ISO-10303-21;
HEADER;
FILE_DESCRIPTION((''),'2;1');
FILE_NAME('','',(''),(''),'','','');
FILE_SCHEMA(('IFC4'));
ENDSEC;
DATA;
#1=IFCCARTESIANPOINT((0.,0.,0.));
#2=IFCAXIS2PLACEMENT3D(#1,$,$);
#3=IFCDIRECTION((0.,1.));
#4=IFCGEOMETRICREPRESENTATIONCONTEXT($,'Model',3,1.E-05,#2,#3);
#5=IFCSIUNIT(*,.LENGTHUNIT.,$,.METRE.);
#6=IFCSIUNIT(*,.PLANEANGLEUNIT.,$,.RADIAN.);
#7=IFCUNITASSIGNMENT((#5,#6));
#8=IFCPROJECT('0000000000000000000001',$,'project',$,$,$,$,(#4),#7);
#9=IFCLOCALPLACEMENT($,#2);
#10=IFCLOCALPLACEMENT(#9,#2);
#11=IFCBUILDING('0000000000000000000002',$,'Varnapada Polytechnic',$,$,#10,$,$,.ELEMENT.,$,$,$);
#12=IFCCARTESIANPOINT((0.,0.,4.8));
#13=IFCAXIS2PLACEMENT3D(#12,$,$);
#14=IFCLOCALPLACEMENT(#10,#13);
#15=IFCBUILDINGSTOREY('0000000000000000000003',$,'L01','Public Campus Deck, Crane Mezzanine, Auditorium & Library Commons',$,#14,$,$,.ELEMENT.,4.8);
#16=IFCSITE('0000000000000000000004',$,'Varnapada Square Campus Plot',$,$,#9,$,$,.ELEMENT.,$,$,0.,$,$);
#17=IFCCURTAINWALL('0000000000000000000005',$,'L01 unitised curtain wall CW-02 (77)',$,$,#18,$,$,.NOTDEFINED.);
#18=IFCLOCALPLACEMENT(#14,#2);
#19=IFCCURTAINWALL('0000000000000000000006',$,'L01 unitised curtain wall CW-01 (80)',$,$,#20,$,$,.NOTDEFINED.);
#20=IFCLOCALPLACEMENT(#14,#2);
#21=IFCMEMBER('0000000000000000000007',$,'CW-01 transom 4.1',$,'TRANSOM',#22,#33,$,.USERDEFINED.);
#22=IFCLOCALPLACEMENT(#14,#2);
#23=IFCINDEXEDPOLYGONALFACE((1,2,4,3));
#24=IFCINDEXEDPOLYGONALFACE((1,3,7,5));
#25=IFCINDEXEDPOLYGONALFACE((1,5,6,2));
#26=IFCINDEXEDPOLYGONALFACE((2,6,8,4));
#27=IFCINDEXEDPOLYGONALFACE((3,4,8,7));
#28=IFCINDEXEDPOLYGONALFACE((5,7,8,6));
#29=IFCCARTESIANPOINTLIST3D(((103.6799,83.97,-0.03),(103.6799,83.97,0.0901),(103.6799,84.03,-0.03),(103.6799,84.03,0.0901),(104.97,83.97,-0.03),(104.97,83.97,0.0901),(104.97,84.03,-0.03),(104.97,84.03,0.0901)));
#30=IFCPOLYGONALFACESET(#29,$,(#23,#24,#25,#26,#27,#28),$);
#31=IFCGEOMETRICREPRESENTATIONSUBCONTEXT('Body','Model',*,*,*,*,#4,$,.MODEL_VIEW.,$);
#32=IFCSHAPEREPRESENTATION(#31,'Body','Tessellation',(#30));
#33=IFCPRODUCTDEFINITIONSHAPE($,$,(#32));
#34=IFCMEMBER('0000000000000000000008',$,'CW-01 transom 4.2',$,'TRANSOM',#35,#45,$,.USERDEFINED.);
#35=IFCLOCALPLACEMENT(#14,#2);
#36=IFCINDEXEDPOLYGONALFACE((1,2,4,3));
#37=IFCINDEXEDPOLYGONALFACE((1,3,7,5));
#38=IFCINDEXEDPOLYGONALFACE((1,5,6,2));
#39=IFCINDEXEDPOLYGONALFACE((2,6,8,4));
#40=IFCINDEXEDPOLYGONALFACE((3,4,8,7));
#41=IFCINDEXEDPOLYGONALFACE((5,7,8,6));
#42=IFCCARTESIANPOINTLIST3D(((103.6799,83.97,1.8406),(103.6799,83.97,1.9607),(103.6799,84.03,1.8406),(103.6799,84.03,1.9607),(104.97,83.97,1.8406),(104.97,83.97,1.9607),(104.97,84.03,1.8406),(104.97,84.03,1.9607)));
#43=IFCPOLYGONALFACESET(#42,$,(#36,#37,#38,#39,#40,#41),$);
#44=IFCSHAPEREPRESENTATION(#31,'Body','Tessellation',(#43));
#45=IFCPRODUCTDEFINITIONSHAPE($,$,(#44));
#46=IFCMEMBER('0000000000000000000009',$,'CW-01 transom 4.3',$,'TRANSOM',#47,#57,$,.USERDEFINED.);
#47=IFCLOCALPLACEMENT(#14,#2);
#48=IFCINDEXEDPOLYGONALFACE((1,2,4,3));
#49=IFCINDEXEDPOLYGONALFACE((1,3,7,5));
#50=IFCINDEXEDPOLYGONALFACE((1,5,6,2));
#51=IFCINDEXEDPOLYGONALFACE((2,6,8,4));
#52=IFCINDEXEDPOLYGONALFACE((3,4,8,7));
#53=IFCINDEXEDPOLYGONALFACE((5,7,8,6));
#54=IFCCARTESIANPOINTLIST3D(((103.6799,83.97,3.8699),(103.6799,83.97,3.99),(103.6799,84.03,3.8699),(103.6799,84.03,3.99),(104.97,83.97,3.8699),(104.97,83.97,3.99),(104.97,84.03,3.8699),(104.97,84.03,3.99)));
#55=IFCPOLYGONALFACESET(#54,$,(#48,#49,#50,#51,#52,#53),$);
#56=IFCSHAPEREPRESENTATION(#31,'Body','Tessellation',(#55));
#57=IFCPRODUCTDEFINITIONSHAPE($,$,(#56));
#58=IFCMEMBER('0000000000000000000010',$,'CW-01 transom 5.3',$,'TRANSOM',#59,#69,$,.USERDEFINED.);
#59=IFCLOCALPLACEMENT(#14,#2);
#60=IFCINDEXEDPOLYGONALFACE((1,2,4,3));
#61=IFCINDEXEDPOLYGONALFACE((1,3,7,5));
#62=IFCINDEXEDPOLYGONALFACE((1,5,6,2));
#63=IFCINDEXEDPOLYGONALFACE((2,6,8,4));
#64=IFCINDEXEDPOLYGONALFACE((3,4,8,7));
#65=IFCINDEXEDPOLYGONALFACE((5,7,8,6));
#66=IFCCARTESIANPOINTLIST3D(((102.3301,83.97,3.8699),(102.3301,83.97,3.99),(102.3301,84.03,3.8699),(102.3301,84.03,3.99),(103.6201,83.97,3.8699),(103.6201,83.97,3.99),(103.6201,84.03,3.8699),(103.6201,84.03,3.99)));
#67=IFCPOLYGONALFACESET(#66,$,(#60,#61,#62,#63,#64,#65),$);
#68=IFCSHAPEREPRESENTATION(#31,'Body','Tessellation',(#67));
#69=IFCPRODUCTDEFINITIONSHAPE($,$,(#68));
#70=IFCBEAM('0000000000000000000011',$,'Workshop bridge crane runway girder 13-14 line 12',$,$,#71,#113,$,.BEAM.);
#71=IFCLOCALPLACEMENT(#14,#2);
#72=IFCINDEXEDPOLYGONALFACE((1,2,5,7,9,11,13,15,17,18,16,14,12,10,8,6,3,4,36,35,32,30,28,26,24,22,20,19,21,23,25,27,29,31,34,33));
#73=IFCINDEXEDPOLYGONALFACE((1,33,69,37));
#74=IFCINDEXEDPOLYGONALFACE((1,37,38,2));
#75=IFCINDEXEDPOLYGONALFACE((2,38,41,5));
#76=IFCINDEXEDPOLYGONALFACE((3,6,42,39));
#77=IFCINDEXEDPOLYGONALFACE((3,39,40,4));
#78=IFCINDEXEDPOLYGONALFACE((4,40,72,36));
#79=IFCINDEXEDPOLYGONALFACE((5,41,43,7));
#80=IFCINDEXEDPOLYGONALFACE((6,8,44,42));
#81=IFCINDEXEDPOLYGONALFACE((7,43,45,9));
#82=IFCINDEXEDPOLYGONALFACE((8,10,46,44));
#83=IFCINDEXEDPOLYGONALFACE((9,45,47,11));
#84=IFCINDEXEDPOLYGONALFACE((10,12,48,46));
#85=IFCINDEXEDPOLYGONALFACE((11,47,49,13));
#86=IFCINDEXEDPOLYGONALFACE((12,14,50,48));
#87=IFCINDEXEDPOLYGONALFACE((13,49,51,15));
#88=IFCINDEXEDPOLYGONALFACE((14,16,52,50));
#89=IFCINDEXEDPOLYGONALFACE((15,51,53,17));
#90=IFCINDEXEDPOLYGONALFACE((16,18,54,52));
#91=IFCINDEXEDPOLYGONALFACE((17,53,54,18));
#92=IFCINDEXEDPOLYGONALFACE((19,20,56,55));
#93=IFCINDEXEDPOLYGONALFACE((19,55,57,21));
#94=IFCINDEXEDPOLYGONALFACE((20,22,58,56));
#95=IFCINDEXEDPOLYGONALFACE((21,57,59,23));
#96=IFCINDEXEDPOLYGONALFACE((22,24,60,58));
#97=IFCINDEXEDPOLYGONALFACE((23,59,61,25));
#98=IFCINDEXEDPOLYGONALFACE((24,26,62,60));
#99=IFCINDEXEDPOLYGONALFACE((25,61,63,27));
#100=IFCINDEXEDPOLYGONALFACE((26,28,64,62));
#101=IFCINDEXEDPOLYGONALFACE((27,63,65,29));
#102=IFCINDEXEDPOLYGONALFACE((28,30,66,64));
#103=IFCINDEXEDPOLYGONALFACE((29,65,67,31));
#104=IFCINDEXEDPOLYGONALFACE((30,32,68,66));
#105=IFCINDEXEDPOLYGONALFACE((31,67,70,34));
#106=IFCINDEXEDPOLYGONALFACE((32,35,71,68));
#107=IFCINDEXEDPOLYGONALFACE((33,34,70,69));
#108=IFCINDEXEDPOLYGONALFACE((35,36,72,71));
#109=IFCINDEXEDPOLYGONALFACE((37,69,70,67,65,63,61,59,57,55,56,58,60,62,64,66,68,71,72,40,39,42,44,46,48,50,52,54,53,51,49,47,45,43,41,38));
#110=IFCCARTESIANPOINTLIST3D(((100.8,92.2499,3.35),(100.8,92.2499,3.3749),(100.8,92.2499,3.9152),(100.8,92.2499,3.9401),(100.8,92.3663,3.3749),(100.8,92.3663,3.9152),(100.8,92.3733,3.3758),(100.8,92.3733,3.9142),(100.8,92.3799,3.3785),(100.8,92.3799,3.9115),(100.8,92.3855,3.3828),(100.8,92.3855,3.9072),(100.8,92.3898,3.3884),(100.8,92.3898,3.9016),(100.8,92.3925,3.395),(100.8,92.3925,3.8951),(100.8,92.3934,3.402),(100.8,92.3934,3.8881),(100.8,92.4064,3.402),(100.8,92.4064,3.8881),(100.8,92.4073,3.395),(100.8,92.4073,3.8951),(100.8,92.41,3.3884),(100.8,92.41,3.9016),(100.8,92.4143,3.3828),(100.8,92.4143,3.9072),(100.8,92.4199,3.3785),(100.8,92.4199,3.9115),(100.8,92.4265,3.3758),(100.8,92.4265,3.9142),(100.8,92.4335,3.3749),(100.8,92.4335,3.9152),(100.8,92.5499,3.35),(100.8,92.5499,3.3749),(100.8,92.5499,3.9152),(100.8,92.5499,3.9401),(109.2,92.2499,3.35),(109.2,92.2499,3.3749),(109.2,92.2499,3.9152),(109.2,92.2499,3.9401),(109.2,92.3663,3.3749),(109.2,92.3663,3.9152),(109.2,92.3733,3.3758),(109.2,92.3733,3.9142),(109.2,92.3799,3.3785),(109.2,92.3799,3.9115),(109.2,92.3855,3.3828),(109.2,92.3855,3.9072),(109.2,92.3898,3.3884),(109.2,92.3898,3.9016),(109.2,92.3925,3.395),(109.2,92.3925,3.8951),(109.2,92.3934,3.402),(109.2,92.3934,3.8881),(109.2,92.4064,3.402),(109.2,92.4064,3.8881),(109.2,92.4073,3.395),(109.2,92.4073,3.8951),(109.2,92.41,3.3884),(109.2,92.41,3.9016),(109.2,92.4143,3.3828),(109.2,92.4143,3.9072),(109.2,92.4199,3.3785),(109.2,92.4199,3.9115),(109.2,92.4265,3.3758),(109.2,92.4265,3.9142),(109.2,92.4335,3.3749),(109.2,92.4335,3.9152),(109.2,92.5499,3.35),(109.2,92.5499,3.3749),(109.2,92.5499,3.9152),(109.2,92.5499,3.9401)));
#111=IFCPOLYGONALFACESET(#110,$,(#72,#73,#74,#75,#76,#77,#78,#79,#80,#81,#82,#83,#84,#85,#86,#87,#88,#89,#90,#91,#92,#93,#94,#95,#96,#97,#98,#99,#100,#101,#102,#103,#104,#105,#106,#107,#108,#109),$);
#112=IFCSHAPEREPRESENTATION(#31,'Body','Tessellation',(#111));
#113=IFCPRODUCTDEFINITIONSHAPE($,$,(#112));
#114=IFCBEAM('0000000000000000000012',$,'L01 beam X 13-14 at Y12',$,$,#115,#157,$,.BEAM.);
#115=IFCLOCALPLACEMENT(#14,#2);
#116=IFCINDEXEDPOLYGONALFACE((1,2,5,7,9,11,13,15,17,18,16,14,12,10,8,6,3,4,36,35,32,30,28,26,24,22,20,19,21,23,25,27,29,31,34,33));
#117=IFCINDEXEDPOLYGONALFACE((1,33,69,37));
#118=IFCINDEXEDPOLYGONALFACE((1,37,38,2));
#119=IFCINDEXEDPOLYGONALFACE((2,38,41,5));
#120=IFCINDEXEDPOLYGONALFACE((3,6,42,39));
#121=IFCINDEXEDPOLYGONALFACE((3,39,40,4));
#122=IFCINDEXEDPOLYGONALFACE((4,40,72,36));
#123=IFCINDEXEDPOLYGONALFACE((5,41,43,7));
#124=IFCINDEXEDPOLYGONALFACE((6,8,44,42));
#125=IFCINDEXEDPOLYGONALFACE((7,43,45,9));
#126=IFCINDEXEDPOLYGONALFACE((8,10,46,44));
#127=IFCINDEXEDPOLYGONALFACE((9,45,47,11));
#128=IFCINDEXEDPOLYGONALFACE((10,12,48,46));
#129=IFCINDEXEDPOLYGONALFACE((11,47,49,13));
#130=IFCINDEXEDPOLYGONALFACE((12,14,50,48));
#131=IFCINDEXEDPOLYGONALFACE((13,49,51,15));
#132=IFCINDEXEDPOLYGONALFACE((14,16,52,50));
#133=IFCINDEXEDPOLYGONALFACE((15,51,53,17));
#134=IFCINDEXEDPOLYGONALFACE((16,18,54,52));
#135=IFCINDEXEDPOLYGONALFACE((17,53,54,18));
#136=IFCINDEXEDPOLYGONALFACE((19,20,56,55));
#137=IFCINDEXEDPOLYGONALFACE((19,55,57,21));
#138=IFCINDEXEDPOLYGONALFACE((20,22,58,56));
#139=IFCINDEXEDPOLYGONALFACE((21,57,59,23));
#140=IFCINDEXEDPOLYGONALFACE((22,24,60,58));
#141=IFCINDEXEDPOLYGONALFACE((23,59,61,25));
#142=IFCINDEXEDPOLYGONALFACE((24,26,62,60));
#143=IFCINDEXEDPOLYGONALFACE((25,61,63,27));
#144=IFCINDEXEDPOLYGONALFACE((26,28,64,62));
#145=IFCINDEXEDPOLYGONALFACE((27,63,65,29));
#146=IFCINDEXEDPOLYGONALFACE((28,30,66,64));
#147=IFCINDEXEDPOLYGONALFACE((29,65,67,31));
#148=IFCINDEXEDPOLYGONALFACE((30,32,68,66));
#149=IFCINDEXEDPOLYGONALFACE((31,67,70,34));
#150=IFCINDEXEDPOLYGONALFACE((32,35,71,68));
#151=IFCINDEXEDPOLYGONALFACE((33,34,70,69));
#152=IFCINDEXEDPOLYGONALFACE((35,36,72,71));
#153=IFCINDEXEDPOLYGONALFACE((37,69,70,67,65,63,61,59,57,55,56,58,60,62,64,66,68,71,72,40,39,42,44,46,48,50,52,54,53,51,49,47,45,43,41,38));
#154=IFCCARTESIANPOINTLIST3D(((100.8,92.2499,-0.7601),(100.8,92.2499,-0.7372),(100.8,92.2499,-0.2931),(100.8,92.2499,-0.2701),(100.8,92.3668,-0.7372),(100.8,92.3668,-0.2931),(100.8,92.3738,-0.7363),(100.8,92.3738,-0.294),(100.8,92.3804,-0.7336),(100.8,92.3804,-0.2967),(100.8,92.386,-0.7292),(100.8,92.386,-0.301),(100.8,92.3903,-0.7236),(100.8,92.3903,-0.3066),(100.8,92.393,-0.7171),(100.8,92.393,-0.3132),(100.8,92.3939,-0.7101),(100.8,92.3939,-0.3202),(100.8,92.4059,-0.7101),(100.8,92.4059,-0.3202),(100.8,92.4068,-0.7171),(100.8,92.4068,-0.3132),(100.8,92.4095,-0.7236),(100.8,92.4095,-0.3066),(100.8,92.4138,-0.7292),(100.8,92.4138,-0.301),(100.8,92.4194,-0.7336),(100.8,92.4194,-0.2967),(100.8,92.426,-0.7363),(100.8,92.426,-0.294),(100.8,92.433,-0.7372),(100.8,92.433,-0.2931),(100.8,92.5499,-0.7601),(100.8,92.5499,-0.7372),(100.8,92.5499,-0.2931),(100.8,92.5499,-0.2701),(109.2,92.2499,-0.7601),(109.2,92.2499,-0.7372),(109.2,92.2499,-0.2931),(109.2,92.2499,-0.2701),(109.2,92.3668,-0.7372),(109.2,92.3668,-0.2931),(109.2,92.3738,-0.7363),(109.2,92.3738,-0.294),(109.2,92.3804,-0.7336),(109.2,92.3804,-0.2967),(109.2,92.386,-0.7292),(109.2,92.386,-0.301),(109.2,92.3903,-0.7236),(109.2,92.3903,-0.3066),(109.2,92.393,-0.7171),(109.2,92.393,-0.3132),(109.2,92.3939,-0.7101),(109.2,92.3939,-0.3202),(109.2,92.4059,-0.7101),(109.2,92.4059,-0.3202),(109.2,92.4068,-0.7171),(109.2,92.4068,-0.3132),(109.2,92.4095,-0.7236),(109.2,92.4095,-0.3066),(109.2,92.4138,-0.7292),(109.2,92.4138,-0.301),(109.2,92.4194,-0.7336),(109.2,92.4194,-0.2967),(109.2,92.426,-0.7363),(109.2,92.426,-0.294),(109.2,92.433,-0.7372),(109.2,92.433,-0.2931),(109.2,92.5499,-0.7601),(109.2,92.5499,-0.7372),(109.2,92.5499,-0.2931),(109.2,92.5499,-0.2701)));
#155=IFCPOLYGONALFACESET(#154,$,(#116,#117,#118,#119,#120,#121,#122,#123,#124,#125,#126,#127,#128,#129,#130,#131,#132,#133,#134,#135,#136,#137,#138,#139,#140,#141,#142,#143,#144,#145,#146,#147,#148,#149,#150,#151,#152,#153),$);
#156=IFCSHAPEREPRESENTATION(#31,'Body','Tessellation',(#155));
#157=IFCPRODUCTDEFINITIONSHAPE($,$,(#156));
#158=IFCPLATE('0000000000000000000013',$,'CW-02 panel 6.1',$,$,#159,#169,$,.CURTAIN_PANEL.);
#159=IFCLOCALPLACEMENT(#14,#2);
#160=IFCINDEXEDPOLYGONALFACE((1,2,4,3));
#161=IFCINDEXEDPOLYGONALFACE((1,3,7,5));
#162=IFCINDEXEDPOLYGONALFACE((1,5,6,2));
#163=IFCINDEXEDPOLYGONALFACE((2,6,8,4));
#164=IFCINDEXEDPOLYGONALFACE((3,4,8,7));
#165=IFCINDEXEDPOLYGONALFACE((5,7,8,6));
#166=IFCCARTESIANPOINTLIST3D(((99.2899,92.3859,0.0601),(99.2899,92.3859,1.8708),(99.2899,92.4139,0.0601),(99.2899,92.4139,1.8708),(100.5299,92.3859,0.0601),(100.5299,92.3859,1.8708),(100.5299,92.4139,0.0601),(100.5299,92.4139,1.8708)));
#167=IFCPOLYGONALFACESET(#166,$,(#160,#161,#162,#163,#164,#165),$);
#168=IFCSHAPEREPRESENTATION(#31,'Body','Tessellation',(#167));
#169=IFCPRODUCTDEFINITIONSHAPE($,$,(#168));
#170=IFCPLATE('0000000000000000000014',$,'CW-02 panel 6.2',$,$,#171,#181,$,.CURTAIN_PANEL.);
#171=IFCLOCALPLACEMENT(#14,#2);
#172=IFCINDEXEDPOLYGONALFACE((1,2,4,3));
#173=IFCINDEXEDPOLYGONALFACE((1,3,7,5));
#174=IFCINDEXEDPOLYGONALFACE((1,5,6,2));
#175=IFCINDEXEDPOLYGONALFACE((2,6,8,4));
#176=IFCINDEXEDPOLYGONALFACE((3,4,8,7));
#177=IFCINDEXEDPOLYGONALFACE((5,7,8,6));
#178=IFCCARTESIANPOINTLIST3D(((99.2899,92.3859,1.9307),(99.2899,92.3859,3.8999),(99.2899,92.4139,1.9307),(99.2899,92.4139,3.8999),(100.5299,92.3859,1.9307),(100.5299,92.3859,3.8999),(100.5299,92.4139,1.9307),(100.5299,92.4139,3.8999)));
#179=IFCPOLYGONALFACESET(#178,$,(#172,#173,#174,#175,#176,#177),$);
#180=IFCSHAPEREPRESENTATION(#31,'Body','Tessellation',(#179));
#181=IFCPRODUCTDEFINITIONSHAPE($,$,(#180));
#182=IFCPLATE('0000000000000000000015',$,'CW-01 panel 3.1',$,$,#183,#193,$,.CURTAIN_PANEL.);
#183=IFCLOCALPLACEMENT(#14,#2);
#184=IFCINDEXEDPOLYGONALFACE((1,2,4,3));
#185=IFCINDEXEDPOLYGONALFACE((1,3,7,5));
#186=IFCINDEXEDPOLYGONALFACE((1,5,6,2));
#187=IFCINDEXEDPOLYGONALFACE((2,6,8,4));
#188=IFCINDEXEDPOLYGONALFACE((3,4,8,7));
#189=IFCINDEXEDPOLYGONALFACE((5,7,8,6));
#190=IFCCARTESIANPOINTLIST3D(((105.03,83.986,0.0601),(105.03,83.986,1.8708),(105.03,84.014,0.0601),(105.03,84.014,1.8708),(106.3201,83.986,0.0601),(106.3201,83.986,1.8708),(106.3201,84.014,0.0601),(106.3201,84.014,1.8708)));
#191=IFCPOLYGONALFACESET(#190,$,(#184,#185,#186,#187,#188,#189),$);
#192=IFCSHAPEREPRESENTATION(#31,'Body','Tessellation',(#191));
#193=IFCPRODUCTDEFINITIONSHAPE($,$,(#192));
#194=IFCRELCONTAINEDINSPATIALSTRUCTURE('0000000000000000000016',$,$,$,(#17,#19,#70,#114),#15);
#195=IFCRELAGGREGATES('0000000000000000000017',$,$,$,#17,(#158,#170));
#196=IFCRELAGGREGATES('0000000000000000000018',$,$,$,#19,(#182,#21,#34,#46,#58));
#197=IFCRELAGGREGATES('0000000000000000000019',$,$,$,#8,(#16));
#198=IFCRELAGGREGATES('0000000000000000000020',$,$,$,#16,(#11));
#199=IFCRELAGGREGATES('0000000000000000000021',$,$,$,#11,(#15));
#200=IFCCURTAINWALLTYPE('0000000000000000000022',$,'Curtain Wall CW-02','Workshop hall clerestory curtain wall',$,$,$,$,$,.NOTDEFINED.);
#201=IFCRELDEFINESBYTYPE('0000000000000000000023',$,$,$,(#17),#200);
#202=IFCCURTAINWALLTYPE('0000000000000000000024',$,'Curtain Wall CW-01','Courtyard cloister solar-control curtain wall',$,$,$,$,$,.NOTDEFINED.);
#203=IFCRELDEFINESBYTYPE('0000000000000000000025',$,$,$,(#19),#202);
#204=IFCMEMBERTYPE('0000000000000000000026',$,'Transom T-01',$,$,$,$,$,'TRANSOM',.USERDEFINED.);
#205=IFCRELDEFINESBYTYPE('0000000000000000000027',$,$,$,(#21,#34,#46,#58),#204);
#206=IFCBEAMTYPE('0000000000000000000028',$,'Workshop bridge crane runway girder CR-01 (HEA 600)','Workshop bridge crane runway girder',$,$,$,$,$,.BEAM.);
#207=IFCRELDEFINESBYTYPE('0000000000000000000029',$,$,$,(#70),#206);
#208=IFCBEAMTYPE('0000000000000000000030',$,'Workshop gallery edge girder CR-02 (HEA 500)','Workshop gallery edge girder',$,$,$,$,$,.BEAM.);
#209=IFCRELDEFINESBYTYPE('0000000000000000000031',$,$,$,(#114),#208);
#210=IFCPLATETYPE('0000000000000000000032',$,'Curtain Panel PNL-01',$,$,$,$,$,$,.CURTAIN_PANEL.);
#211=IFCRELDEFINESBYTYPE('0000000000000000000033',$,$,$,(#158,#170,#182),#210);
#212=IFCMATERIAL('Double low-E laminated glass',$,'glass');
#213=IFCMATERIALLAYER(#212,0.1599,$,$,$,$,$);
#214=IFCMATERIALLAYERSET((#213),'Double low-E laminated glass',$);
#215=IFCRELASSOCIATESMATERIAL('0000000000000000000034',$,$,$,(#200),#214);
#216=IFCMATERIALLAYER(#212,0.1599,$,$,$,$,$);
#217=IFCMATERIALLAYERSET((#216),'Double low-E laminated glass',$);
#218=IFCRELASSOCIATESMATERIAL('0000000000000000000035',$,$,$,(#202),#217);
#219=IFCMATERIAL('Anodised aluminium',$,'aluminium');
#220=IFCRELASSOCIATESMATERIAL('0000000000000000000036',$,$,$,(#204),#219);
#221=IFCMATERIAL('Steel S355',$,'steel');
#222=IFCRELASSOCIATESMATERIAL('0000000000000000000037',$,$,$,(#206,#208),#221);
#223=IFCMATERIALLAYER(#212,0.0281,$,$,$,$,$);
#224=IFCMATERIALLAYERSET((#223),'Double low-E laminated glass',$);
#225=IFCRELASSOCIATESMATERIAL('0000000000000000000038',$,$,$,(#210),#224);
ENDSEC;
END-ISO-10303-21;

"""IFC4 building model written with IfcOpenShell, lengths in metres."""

from ifc_helpers import new_model, si_unit, direction, frame, origin, origin_2d, place, context, subcontext, project, spatial, rectangle, i_section, extrude, material, layer, layer_set, material_profile, profile_set, type_object, element, aggregate, save


model = new_model("IFC4")

# Units and contexts
model_context = context("Model", 3, precision=1e-05, world=origin(), true_north=direction((0.0, 1.0)))
body_context = subcontext(model_context, "Body", "Model", "MODEL_VIEW")
ifc_project = project(units=[si_unit("LENGTHUNIT", "METRE"), si_unit("PLANEANGLEUNIT", "RADIAN")], contexts=[model_context])

# Site, building, storey
site_placement = place(None, origin())
site = spatial("IfcSite", under=ifc_project, at=site_placement, Name="Varnapada Square Campus Plot", CompositionType="ELEMENT", RefElevation=0.0)
building_placement = place(site_placement, origin())
building = spatial("IfcBuilding", under=site, at=building_placement, Name="Varnapada Polytechnic", CompositionType="ELEMENT")
storey_placement = place(building_placement, frame((0.0, 0.0, 4.8)))
storey = spatial("IfcBuildingStorey", under=building, at=storey_placement, Name="L01", Description="Public Campus Deck, Crane Mezzanine, Auditorium & Library Commons", CompositionType="ELEMENT", Elevation=4.8)

# Shared definitions
ifc_material_1 = material(Name="Steel S355", Category="steel")

# Curtain wall
ifc_material_2 = material(Name="Double low-E laminated glass", Category="glass")
ifc_layer_1 = layer(ifc_material_2, 0.1599)
ifc_layer_set_1 = layer_set([ifc_layer_1], Name="Double low-E laminated glass")
curtain_wall_type_1 = type_object("IfcCurtainWallType", Name="Curtain Wall CW-02", Description="Workshop hall clerestory curtain wall", PredefinedType="NOTDEFINED", material=ifc_layer_set_1)
curtain_wall_1_placement = place(storey_placement, origin())
curtain_wall_1 = element("IfcCurtainWall", 1, at=curtain_wall_1_placement, inside=storey, type_object=curtain_wall_type_1, Name="L01 unitised curtain wall CW-02 (77)", PredefinedType="NOTDEFINED")
ifc_material_3 = material(Name="Anodised aluminium", Category="aluminium")

# Curtain wall
ifc_layer_2 = layer(ifc_material_2, 0.1599)
ifc_layer_set_2 = layer_set([ifc_layer_2], Name="Double low-E laminated glass")
curtain_wall_type_2 = type_object("IfcCurtainWallType", Name="Curtain Wall CW-01", Description="Courtyard cloister solar-control curtain wall", PredefinedType="NOTDEFINED", material=ifc_layer_set_2)
curtain_wall_2_placement = place(storey_placement, origin())
curtain_wall_2 = element("IfcCurtainWall", 2, at=curtain_wall_2_placement, inside=storey, type_object=curtain_wall_type_2, Name="L01 unitised curtain wall CW-01 (80)", PredefinedType="NOTDEFINED")

# Members
ifc_material_profile_1 = material_profile(ifc_material_3, rectangle(XDim=0.0601, YDim=0.1201, at=origin_2d()), Name="ALU T60x120")
ifc_profile_set_1 = profile_set([ifc_material_profile_1], Name="Anodised aluminium")
member_type_1 = type_object("IfcMemberType", Name="Transom T-01", ElementType="TRANSOM", PredefinedType="USERDEFINED", material=ifc_profile_set_1)
member_1_placement = place(storey_placement, frame((104.97, 84.0, 0.03), z_axis=(-1.0, 0.0, 0.0), x_axis=(0.0, -1.0, 0.0)))
member_1 = element("IfcMember", 3, at=member_1_placement, type_object=member_type_1, Name="CW-01 transom 4.1", ObjectType="TRANSOM", PredefinedType="USERDEFINED", context=body_context, shape_type="SweptSolid", body=[
    extrude(rectangle(XDim=0.0601, YDim=0.1201, at=origin_2d()), origin(), (0.0, 0.0, 1.0), 1.29),
])
member_2_placement = place(storey_placement, frame((104.97, 84.0, 1.9006), z_axis=(-1.0, 0.0, 0.0), x_axis=(0.0, -1.0, 0.0)))
member_2 = element("IfcMember", 4, at=member_2_placement, type_object=member_type_1, Name="CW-01 transom 4.2", ObjectType="TRANSOM", PredefinedType="USERDEFINED", context=body_context, shape_type="SweptSolid", body=[
    extrude(rectangle(XDim=0.0601, YDim=0.1201, at=origin_2d()), origin(), (0.0, 0.0, 1.0), 1.29),
])
member_3_placement = place(storey_placement, frame((104.97, 84.0, 3.9299), z_axis=(-1.0, 0.0, 0.0), x_axis=(0.0, -1.0, 0.0)))
member_3 = element("IfcMember", 5, at=member_3_placement, type_object=member_type_1, Name="CW-01 transom 4.3", ObjectType="TRANSOM", PredefinedType="USERDEFINED", context=body_context, shape_type="SweptSolid", body=[
    extrude(rectangle(XDim=0.0601, YDim=0.1201, at=origin_2d()), origin(), (0.0, 0.0, 1.0), 1.29),
])
member_4_placement = place(storey_placement, frame((103.6201, 84.0, 3.9299), z_axis=(-1.0, 0.0, 0.0), x_axis=(0.0, -1.0, 0.0)))
member_4 = element("IfcMember", 6, at=member_4_placement, type_object=member_type_1, Name="CW-01 transom 5.3", ObjectType="TRANSOM", PredefinedType="USERDEFINED", context=body_context, shape_type="SweptSolid", body=[
    extrude(rectangle(XDim=0.0601, YDim=0.1201, at=origin_2d()), origin(), (0.0, 0.0, 1.0), 1.29),
])

# Beams
ifc_material_profile_2 = material_profile(ifc_material_1, i_section(OverallWidth=0.3, OverallDepth=0.5901, WebThickness=0.0129, FlangeThickness=0.0249, FilletRadius=0.0271, at=origin_2d()), Name="HEA 600")
ifc_profile_set_2 = profile_set([ifc_material_profile_2], Name="Steel S355")
beam_type_1 = type_object("IfcBeamType", Name="Workshop bridge crane runway girder CR-01 (HEA 600)", Description="Workshop bridge crane runway girder", PredefinedType="BEAM", material=ifc_profile_set_2)
beam_1_placement = place(storey_placement, frame((100.8, 92.3999, 3.645), z_axis=(1.0, 0.0, 0.0), x_axis=(0.0, 1.0, 0.0)))
element("IfcBeam", 7, at=beam_1_placement, inside=storey, type_object=beam_type_1, Name="Workshop bridge crane runway girder 13-14 line 12", PredefinedType="BEAM", context=body_context, shape_type="SweptSolid", body=[
    extrude(i_section(OverallWidth=0.3, OverallDepth=0.5901, WebThickness=0.0129, FlangeThickness=0.0249, FilletRadius=0.0271, at=origin_2d()), origin(), (0.0, 0.0, 1.0), 8.3999),
])
ifc_material_profile_3 = material_profile(ifc_material_1, i_section(OverallWidth=0.3, OverallDepth=0.49, WebThickness=0.012, FlangeThickness=0.0229, FilletRadius=0.0271, at=origin_2d()), Name="HEA 500")
ifc_profile_set_3 = profile_set([ifc_material_profile_3], Name="Steel S355")
beam_type_2 = type_object("IfcBeamType", Name="Workshop gallery edge girder CR-02 (HEA 500)", Description="Workshop gallery edge girder", PredefinedType="BEAM", material=ifc_profile_set_3)
beam_2_placement = place(storey_placement, frame((100.8, 92.3999, -0.5151), z_axis=(1.0, 0.0, 0.0), x_axis=(0.0, 1.0, 0.0)))
element("IfcBeam", 8, at=beam_2_placement, inside=storey, type_object=beam_type_2, Name="L01 beam X 13-14 at Y12", PredefinedType="BEAM", context=body_context, shape_type="SweptSolid", body=[
    extrude(i_section(OverallWidth=0.3, OverallDepth=0.49, WebThickness=0.012, FlangeThickness=0.0229, FilletRadius=0.0271, at=origin_2d()), origin(), (0.0, 0.0, 1.0), 8.3999),
])

# Plates
ifc_layer_3 = layer(ifc_material_2, 0.0281)
ifc_layer_set_3 = layer_set([ifc_layer_3], Name="Double low-E laminated glass")
plate_type_1 = type_object("IfcPlateType", Name="Curtain Panel PNL-01", PredefinedType="CURTAIN_PANEL", material=ifc_layer_set_3)
plate_1_placement = place(storey_placement, frame((99.9099, 92.3999, 0.0601), z_axis=(0.0, 0.0, 1.0), x_axis=(1.0, 0.0, 0.0)))
plate_1 = element("IfcPlate", 9, at=plate_1_placement, type_object=plate_type_1, Name="CW-02 panel 6.1", PredefinedType="CURTAIN_PANEL", context=body_context, shape_type="SweptSolid", body=[
    extrude(rectangle(XDim=1.24, YDim=0.0281, at=origin_2d()), origin(), (0.0, 0.0, 1.0), 1.8108),
])
plate_2_placement = place(storey_placement, frame((99.9099, 92.3999, 1.9307), z_axis=(0.0, 0.0, 1.0), x_axis=(1.0, 0.0, 0.0)))
plate_2 = element("IfcPlate", 10, at=plate_2_placement, type_object=plate_type_1, Name="CW-02 panel 6.2", PredefinedType="CURTAIN_PANEL", context=body_context, shape_type="SweptSolid", body=[
    extrude(rectangle(XDim=1.24, YDim=0.0281, at=origin_2d()), origin(), (0.0, 0.0, 1.0), 1.9692),
])
aggregate(curtain_wall_1, [plate_1, plate_2])
plate_3_placement = place(storey_placement, frame((105.675, 84.0, 0.0601), z_axis=(0.0, 0.0, 1.0), x_axis=(-1.0, 0.0, 0.0)))
plate_3 = element("IfcPlate", 11, at=plate_3_placement, type_object=plate_type_1, Name="CW-01 panel 3.1", PredefinedType="CURTAIN_PANEL", context=body_context, shape_type="SweptSolid", body=[
    extrude(rectangle(XDim=1.29, YDim=0.0281, at=origin_2d()), origin(), (0.0, 0.0, 1.0), 1.8108),
])
aggregate(curtain_wall_2, [plate_3, member_1, member_2, member_3, member_4])

save(model, "model.ifc")
